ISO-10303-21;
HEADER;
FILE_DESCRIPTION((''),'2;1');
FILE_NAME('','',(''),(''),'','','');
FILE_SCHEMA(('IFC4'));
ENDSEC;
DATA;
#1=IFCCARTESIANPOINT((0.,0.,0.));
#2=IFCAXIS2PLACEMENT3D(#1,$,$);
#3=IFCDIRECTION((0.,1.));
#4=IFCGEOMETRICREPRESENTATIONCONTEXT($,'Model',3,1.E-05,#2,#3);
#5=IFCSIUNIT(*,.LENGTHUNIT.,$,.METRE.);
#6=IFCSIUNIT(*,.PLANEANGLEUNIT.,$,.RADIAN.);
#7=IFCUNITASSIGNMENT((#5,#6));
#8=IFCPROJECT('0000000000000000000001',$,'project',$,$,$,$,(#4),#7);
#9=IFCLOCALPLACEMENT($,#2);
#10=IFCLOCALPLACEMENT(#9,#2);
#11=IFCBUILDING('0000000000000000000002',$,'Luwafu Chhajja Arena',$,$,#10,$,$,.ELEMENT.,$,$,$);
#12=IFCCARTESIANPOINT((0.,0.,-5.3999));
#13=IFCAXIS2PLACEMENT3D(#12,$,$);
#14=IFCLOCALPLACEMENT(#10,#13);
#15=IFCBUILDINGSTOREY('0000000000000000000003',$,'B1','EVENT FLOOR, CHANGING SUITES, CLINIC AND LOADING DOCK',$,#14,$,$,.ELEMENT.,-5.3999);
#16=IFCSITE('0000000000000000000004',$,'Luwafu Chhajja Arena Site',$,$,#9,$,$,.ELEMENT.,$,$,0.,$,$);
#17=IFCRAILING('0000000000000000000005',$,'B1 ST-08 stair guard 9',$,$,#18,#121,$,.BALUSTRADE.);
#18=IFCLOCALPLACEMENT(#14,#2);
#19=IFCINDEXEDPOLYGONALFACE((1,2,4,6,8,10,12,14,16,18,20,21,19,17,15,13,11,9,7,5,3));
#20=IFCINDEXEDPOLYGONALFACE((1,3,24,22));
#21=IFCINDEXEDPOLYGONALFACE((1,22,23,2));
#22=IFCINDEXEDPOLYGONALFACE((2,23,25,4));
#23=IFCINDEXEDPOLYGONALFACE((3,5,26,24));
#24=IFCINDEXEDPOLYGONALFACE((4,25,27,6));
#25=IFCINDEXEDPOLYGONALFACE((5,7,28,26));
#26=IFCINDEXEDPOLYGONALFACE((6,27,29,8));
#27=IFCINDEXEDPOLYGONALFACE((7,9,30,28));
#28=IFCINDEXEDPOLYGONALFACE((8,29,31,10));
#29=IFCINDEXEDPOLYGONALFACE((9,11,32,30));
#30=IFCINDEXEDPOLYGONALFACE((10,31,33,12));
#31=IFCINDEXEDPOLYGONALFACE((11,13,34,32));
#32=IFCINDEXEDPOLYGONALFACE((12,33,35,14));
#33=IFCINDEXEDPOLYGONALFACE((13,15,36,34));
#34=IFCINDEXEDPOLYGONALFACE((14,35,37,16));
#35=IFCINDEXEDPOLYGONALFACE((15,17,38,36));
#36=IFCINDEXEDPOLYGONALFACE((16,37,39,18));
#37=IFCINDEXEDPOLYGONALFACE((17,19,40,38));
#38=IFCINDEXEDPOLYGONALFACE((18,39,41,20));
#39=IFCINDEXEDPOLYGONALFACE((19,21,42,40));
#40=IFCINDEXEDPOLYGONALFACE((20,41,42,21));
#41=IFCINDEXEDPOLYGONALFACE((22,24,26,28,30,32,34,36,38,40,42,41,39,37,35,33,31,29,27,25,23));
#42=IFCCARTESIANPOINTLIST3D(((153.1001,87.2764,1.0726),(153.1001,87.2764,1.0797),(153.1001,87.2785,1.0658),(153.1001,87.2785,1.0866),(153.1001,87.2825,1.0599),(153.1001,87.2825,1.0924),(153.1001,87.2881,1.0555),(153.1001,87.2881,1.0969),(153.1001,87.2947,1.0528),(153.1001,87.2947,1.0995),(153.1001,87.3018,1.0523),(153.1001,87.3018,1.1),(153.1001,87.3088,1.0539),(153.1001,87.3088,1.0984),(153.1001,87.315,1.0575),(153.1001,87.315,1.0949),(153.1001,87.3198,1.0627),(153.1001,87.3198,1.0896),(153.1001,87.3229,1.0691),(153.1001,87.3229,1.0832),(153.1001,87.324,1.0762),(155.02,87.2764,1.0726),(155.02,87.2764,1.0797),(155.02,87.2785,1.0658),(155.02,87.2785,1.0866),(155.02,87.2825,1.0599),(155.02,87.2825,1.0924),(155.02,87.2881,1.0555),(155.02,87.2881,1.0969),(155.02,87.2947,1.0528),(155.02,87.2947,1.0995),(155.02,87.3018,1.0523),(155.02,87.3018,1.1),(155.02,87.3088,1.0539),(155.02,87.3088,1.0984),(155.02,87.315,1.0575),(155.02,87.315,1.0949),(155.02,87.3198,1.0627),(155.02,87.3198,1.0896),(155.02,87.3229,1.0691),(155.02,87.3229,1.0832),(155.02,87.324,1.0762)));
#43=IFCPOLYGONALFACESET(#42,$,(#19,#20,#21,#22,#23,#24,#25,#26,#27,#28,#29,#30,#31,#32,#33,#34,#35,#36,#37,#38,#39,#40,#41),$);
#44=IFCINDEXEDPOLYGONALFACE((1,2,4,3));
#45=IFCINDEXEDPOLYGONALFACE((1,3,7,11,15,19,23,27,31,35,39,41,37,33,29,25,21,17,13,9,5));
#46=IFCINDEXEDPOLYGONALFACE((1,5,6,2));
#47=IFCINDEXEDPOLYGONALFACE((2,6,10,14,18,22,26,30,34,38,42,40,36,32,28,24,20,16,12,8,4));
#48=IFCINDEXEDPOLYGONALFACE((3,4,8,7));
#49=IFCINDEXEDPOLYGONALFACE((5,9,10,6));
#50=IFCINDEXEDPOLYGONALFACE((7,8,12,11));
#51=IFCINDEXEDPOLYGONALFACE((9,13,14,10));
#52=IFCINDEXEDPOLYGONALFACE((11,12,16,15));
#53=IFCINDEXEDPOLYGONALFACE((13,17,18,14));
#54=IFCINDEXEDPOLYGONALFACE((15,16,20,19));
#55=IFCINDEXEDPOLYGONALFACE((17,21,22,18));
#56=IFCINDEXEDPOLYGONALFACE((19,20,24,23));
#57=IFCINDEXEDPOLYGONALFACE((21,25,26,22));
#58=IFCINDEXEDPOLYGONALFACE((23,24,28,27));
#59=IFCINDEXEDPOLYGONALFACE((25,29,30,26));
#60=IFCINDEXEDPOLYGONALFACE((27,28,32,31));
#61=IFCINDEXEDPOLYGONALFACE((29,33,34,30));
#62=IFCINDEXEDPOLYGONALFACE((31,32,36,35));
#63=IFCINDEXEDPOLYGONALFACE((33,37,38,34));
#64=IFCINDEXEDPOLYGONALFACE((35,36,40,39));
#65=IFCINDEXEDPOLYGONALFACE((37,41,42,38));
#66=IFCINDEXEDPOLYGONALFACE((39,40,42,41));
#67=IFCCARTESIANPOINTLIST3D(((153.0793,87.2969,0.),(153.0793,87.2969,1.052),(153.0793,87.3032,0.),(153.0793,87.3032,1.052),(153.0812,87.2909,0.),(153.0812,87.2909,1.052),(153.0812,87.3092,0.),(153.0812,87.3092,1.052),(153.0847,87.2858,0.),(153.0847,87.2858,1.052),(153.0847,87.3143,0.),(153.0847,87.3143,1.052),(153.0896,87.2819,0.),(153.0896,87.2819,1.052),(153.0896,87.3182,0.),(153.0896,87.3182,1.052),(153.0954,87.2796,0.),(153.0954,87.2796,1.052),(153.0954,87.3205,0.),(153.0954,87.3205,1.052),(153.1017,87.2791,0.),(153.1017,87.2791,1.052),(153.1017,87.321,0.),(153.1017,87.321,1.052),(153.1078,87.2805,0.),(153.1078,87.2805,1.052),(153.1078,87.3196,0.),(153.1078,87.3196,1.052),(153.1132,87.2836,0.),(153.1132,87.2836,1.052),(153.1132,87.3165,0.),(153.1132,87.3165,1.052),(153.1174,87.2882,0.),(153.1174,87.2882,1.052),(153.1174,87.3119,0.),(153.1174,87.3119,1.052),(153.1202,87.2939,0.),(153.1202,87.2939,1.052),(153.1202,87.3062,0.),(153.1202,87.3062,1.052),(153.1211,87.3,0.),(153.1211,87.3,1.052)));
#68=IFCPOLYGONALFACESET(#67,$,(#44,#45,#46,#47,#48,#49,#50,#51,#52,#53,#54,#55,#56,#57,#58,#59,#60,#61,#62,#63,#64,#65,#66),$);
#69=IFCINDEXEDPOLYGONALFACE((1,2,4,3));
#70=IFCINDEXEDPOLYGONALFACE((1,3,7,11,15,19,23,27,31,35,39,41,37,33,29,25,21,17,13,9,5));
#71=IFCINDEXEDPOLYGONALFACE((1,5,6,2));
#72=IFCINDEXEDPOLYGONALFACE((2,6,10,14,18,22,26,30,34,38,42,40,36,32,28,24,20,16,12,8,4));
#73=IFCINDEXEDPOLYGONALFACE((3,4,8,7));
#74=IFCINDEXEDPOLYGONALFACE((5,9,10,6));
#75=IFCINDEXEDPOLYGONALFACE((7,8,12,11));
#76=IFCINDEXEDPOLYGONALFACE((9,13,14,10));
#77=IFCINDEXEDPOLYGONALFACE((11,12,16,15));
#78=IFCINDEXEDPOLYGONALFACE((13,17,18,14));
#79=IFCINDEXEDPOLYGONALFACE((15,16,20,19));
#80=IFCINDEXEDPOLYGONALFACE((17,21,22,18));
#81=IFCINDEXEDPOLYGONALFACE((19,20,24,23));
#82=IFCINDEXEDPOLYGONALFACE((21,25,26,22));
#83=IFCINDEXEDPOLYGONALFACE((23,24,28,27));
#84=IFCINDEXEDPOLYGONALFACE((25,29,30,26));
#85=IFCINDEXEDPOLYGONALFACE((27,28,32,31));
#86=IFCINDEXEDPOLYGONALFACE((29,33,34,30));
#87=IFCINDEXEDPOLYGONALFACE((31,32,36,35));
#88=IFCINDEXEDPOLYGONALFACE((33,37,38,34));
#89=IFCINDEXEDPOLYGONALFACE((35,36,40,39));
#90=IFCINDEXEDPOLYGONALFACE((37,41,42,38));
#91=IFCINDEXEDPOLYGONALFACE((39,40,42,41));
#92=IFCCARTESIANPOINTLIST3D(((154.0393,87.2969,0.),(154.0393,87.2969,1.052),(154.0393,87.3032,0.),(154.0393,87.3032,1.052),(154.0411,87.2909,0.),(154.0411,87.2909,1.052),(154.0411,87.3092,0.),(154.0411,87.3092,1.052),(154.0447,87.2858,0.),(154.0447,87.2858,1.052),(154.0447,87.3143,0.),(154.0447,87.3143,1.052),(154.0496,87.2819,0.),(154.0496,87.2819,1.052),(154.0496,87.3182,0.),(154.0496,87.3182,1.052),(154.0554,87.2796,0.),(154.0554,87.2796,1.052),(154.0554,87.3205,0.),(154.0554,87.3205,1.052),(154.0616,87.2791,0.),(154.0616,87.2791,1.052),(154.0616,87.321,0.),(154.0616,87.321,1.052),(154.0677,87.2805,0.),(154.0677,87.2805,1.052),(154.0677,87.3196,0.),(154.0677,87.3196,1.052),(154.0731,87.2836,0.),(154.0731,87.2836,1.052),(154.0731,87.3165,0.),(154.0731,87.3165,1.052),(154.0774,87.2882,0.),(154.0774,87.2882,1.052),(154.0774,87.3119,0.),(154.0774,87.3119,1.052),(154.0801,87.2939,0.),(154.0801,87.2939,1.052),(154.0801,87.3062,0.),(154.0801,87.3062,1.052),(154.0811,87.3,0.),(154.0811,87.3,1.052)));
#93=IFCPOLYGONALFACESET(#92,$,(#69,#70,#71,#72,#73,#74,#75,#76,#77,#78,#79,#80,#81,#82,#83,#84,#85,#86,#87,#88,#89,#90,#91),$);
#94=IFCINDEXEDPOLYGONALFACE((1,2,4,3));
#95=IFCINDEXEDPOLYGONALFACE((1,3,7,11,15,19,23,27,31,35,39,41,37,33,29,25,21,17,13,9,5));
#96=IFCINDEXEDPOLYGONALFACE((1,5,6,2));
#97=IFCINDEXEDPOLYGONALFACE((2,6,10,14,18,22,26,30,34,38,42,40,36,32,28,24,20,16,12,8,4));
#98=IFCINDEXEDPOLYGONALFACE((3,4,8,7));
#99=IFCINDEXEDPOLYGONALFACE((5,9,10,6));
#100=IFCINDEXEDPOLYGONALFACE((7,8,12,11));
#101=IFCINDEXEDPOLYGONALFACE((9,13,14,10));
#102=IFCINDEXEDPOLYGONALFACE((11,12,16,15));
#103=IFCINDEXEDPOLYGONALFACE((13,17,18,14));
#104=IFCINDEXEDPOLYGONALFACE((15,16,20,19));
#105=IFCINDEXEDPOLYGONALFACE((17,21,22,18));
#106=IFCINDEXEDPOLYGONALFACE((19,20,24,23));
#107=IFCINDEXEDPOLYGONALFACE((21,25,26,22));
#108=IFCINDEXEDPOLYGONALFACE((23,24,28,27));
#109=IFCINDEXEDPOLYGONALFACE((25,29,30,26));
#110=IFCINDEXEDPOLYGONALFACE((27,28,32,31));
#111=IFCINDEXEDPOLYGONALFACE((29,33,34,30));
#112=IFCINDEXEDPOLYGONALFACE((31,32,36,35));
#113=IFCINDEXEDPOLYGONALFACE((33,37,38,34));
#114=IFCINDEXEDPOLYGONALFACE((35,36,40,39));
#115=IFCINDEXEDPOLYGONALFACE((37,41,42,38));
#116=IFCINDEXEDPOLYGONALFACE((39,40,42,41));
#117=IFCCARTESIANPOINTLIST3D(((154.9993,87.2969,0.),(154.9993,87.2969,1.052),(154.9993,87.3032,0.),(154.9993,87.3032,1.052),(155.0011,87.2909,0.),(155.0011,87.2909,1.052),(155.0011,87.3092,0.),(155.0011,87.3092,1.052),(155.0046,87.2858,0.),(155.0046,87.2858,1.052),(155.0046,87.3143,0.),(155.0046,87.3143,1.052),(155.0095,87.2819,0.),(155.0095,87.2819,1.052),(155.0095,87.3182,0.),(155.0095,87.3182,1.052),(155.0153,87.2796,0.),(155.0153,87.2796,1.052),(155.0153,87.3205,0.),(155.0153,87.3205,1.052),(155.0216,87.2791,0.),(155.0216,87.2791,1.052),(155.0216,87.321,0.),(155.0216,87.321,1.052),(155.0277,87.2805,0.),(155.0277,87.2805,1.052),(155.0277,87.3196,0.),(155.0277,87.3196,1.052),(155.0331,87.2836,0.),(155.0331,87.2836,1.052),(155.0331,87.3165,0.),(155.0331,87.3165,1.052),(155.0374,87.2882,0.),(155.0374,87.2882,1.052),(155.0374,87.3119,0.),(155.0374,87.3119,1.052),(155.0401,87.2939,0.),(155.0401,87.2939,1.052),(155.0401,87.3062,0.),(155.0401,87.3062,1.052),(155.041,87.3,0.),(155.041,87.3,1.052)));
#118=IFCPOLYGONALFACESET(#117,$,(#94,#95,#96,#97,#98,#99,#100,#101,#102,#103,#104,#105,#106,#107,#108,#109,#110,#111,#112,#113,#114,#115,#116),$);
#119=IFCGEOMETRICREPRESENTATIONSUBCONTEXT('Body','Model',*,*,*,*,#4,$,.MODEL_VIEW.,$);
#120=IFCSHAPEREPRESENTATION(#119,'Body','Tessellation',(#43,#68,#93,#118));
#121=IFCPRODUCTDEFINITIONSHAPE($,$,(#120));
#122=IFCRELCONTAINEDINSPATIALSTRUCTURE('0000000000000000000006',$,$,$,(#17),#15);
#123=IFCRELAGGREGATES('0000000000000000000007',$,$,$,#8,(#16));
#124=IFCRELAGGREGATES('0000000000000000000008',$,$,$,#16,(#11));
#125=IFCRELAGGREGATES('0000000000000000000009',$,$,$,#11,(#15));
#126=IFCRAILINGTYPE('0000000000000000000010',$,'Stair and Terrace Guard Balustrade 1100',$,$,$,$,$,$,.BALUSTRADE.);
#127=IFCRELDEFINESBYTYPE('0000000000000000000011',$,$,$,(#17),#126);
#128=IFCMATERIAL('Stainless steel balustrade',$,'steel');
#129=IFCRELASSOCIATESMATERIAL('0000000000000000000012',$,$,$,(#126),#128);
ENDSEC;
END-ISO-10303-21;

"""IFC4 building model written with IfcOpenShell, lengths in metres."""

from ifc_helpers import new_model, si_unit, direction, frame, origin, origin_2d, place, context, subcontext, project, spatial, circle, extrude, material, type_object, element, save


model = new_model("IFC4")

# Units and contexts
model_context = context("Model", 3, precision=1e-05, world=origin(), true_north=direction((0.0, 1.0)))
body_context = subcontext(model_context, "Body", "Model", "MODEL_VIEW")
ifc_project = project(units=[si_unit("LENGTHUNIT", "METRE"), si_unit("PLANEANGLEUNIT", "RADIAN")], contexts=[model_context])

# Site, building, storey
site_placement = place(None, origin())
site = spatial("IfcSite", under=ifc_project, at=site_placement, Name="Luwafu Chhajja Arena Site", CompositionType="ELEMENT", RefElevation=0.0)
building_placement = place(site_placement, origin())
building = spatial("IfcBuilding", under=site, at=building_placement, Name="Luwafu Chhajja Arena", CompositionType="ELEMENT")
storey_placement = place(building_placement, frame((0.0, 0.0, -5.3999)))
storey = spatial("IfcBuildingStorey", under=building, at=storey_placement, Name="B1", Description="EVENT FLOOR, CHANGING SUITES, CLINIC AND LOADING DOCK", CompositionType="ELEMENT", Elevation=-5.3999)

# Railing
ifc_material_1 = material(Name="Stainless steel balustrade", Category="steel")
railing_type_1 = type_object("IfcRailingType", Name="Stair and Terrace Guard Balustrade 1100", PredefinedType="BALUSTRADE", material=ifc_material_1)
for number, where, name in (
    (1, (153.1001, 87.3, 0.0), "B1 ST-08 stair guard 9"),
):
    element("IfcRailing", number, at=place(storey_placement, frame(where)), inside=storey, type_object=railing_type_1, Name=name, PredefinedType="BALUSTRADE", context=body_context, shape_type="SweptSolid", body=[
        extrude(circle(Radius=0.0239, at=origin_2d()), frame((0.0, 0.0, 1.0762), z_axis=(1.0, 0.0, 0.0), x_axis=(0.0, 1.0, 0.0)), (0.0, 0.0, 1.0), 1.9199),
        extrude(circle(Radius=0.021, at=origin_2d()), origin(), (0.0, 0.0, 1.0), 1.052),
        extrude(circle(Radius=0.021, at=origin_2d()), frame((0.96, 0.0, 0.0)), (0.0, 0.0, 1.0), 1.052),
        extrude(circle(Radius=0.021, at=origin_2d()), frame((1.9199, 0.0, 0.0)), (0.0, 0.0, 1.0), 1.052),
    ])

save(model, "model.ifc")
